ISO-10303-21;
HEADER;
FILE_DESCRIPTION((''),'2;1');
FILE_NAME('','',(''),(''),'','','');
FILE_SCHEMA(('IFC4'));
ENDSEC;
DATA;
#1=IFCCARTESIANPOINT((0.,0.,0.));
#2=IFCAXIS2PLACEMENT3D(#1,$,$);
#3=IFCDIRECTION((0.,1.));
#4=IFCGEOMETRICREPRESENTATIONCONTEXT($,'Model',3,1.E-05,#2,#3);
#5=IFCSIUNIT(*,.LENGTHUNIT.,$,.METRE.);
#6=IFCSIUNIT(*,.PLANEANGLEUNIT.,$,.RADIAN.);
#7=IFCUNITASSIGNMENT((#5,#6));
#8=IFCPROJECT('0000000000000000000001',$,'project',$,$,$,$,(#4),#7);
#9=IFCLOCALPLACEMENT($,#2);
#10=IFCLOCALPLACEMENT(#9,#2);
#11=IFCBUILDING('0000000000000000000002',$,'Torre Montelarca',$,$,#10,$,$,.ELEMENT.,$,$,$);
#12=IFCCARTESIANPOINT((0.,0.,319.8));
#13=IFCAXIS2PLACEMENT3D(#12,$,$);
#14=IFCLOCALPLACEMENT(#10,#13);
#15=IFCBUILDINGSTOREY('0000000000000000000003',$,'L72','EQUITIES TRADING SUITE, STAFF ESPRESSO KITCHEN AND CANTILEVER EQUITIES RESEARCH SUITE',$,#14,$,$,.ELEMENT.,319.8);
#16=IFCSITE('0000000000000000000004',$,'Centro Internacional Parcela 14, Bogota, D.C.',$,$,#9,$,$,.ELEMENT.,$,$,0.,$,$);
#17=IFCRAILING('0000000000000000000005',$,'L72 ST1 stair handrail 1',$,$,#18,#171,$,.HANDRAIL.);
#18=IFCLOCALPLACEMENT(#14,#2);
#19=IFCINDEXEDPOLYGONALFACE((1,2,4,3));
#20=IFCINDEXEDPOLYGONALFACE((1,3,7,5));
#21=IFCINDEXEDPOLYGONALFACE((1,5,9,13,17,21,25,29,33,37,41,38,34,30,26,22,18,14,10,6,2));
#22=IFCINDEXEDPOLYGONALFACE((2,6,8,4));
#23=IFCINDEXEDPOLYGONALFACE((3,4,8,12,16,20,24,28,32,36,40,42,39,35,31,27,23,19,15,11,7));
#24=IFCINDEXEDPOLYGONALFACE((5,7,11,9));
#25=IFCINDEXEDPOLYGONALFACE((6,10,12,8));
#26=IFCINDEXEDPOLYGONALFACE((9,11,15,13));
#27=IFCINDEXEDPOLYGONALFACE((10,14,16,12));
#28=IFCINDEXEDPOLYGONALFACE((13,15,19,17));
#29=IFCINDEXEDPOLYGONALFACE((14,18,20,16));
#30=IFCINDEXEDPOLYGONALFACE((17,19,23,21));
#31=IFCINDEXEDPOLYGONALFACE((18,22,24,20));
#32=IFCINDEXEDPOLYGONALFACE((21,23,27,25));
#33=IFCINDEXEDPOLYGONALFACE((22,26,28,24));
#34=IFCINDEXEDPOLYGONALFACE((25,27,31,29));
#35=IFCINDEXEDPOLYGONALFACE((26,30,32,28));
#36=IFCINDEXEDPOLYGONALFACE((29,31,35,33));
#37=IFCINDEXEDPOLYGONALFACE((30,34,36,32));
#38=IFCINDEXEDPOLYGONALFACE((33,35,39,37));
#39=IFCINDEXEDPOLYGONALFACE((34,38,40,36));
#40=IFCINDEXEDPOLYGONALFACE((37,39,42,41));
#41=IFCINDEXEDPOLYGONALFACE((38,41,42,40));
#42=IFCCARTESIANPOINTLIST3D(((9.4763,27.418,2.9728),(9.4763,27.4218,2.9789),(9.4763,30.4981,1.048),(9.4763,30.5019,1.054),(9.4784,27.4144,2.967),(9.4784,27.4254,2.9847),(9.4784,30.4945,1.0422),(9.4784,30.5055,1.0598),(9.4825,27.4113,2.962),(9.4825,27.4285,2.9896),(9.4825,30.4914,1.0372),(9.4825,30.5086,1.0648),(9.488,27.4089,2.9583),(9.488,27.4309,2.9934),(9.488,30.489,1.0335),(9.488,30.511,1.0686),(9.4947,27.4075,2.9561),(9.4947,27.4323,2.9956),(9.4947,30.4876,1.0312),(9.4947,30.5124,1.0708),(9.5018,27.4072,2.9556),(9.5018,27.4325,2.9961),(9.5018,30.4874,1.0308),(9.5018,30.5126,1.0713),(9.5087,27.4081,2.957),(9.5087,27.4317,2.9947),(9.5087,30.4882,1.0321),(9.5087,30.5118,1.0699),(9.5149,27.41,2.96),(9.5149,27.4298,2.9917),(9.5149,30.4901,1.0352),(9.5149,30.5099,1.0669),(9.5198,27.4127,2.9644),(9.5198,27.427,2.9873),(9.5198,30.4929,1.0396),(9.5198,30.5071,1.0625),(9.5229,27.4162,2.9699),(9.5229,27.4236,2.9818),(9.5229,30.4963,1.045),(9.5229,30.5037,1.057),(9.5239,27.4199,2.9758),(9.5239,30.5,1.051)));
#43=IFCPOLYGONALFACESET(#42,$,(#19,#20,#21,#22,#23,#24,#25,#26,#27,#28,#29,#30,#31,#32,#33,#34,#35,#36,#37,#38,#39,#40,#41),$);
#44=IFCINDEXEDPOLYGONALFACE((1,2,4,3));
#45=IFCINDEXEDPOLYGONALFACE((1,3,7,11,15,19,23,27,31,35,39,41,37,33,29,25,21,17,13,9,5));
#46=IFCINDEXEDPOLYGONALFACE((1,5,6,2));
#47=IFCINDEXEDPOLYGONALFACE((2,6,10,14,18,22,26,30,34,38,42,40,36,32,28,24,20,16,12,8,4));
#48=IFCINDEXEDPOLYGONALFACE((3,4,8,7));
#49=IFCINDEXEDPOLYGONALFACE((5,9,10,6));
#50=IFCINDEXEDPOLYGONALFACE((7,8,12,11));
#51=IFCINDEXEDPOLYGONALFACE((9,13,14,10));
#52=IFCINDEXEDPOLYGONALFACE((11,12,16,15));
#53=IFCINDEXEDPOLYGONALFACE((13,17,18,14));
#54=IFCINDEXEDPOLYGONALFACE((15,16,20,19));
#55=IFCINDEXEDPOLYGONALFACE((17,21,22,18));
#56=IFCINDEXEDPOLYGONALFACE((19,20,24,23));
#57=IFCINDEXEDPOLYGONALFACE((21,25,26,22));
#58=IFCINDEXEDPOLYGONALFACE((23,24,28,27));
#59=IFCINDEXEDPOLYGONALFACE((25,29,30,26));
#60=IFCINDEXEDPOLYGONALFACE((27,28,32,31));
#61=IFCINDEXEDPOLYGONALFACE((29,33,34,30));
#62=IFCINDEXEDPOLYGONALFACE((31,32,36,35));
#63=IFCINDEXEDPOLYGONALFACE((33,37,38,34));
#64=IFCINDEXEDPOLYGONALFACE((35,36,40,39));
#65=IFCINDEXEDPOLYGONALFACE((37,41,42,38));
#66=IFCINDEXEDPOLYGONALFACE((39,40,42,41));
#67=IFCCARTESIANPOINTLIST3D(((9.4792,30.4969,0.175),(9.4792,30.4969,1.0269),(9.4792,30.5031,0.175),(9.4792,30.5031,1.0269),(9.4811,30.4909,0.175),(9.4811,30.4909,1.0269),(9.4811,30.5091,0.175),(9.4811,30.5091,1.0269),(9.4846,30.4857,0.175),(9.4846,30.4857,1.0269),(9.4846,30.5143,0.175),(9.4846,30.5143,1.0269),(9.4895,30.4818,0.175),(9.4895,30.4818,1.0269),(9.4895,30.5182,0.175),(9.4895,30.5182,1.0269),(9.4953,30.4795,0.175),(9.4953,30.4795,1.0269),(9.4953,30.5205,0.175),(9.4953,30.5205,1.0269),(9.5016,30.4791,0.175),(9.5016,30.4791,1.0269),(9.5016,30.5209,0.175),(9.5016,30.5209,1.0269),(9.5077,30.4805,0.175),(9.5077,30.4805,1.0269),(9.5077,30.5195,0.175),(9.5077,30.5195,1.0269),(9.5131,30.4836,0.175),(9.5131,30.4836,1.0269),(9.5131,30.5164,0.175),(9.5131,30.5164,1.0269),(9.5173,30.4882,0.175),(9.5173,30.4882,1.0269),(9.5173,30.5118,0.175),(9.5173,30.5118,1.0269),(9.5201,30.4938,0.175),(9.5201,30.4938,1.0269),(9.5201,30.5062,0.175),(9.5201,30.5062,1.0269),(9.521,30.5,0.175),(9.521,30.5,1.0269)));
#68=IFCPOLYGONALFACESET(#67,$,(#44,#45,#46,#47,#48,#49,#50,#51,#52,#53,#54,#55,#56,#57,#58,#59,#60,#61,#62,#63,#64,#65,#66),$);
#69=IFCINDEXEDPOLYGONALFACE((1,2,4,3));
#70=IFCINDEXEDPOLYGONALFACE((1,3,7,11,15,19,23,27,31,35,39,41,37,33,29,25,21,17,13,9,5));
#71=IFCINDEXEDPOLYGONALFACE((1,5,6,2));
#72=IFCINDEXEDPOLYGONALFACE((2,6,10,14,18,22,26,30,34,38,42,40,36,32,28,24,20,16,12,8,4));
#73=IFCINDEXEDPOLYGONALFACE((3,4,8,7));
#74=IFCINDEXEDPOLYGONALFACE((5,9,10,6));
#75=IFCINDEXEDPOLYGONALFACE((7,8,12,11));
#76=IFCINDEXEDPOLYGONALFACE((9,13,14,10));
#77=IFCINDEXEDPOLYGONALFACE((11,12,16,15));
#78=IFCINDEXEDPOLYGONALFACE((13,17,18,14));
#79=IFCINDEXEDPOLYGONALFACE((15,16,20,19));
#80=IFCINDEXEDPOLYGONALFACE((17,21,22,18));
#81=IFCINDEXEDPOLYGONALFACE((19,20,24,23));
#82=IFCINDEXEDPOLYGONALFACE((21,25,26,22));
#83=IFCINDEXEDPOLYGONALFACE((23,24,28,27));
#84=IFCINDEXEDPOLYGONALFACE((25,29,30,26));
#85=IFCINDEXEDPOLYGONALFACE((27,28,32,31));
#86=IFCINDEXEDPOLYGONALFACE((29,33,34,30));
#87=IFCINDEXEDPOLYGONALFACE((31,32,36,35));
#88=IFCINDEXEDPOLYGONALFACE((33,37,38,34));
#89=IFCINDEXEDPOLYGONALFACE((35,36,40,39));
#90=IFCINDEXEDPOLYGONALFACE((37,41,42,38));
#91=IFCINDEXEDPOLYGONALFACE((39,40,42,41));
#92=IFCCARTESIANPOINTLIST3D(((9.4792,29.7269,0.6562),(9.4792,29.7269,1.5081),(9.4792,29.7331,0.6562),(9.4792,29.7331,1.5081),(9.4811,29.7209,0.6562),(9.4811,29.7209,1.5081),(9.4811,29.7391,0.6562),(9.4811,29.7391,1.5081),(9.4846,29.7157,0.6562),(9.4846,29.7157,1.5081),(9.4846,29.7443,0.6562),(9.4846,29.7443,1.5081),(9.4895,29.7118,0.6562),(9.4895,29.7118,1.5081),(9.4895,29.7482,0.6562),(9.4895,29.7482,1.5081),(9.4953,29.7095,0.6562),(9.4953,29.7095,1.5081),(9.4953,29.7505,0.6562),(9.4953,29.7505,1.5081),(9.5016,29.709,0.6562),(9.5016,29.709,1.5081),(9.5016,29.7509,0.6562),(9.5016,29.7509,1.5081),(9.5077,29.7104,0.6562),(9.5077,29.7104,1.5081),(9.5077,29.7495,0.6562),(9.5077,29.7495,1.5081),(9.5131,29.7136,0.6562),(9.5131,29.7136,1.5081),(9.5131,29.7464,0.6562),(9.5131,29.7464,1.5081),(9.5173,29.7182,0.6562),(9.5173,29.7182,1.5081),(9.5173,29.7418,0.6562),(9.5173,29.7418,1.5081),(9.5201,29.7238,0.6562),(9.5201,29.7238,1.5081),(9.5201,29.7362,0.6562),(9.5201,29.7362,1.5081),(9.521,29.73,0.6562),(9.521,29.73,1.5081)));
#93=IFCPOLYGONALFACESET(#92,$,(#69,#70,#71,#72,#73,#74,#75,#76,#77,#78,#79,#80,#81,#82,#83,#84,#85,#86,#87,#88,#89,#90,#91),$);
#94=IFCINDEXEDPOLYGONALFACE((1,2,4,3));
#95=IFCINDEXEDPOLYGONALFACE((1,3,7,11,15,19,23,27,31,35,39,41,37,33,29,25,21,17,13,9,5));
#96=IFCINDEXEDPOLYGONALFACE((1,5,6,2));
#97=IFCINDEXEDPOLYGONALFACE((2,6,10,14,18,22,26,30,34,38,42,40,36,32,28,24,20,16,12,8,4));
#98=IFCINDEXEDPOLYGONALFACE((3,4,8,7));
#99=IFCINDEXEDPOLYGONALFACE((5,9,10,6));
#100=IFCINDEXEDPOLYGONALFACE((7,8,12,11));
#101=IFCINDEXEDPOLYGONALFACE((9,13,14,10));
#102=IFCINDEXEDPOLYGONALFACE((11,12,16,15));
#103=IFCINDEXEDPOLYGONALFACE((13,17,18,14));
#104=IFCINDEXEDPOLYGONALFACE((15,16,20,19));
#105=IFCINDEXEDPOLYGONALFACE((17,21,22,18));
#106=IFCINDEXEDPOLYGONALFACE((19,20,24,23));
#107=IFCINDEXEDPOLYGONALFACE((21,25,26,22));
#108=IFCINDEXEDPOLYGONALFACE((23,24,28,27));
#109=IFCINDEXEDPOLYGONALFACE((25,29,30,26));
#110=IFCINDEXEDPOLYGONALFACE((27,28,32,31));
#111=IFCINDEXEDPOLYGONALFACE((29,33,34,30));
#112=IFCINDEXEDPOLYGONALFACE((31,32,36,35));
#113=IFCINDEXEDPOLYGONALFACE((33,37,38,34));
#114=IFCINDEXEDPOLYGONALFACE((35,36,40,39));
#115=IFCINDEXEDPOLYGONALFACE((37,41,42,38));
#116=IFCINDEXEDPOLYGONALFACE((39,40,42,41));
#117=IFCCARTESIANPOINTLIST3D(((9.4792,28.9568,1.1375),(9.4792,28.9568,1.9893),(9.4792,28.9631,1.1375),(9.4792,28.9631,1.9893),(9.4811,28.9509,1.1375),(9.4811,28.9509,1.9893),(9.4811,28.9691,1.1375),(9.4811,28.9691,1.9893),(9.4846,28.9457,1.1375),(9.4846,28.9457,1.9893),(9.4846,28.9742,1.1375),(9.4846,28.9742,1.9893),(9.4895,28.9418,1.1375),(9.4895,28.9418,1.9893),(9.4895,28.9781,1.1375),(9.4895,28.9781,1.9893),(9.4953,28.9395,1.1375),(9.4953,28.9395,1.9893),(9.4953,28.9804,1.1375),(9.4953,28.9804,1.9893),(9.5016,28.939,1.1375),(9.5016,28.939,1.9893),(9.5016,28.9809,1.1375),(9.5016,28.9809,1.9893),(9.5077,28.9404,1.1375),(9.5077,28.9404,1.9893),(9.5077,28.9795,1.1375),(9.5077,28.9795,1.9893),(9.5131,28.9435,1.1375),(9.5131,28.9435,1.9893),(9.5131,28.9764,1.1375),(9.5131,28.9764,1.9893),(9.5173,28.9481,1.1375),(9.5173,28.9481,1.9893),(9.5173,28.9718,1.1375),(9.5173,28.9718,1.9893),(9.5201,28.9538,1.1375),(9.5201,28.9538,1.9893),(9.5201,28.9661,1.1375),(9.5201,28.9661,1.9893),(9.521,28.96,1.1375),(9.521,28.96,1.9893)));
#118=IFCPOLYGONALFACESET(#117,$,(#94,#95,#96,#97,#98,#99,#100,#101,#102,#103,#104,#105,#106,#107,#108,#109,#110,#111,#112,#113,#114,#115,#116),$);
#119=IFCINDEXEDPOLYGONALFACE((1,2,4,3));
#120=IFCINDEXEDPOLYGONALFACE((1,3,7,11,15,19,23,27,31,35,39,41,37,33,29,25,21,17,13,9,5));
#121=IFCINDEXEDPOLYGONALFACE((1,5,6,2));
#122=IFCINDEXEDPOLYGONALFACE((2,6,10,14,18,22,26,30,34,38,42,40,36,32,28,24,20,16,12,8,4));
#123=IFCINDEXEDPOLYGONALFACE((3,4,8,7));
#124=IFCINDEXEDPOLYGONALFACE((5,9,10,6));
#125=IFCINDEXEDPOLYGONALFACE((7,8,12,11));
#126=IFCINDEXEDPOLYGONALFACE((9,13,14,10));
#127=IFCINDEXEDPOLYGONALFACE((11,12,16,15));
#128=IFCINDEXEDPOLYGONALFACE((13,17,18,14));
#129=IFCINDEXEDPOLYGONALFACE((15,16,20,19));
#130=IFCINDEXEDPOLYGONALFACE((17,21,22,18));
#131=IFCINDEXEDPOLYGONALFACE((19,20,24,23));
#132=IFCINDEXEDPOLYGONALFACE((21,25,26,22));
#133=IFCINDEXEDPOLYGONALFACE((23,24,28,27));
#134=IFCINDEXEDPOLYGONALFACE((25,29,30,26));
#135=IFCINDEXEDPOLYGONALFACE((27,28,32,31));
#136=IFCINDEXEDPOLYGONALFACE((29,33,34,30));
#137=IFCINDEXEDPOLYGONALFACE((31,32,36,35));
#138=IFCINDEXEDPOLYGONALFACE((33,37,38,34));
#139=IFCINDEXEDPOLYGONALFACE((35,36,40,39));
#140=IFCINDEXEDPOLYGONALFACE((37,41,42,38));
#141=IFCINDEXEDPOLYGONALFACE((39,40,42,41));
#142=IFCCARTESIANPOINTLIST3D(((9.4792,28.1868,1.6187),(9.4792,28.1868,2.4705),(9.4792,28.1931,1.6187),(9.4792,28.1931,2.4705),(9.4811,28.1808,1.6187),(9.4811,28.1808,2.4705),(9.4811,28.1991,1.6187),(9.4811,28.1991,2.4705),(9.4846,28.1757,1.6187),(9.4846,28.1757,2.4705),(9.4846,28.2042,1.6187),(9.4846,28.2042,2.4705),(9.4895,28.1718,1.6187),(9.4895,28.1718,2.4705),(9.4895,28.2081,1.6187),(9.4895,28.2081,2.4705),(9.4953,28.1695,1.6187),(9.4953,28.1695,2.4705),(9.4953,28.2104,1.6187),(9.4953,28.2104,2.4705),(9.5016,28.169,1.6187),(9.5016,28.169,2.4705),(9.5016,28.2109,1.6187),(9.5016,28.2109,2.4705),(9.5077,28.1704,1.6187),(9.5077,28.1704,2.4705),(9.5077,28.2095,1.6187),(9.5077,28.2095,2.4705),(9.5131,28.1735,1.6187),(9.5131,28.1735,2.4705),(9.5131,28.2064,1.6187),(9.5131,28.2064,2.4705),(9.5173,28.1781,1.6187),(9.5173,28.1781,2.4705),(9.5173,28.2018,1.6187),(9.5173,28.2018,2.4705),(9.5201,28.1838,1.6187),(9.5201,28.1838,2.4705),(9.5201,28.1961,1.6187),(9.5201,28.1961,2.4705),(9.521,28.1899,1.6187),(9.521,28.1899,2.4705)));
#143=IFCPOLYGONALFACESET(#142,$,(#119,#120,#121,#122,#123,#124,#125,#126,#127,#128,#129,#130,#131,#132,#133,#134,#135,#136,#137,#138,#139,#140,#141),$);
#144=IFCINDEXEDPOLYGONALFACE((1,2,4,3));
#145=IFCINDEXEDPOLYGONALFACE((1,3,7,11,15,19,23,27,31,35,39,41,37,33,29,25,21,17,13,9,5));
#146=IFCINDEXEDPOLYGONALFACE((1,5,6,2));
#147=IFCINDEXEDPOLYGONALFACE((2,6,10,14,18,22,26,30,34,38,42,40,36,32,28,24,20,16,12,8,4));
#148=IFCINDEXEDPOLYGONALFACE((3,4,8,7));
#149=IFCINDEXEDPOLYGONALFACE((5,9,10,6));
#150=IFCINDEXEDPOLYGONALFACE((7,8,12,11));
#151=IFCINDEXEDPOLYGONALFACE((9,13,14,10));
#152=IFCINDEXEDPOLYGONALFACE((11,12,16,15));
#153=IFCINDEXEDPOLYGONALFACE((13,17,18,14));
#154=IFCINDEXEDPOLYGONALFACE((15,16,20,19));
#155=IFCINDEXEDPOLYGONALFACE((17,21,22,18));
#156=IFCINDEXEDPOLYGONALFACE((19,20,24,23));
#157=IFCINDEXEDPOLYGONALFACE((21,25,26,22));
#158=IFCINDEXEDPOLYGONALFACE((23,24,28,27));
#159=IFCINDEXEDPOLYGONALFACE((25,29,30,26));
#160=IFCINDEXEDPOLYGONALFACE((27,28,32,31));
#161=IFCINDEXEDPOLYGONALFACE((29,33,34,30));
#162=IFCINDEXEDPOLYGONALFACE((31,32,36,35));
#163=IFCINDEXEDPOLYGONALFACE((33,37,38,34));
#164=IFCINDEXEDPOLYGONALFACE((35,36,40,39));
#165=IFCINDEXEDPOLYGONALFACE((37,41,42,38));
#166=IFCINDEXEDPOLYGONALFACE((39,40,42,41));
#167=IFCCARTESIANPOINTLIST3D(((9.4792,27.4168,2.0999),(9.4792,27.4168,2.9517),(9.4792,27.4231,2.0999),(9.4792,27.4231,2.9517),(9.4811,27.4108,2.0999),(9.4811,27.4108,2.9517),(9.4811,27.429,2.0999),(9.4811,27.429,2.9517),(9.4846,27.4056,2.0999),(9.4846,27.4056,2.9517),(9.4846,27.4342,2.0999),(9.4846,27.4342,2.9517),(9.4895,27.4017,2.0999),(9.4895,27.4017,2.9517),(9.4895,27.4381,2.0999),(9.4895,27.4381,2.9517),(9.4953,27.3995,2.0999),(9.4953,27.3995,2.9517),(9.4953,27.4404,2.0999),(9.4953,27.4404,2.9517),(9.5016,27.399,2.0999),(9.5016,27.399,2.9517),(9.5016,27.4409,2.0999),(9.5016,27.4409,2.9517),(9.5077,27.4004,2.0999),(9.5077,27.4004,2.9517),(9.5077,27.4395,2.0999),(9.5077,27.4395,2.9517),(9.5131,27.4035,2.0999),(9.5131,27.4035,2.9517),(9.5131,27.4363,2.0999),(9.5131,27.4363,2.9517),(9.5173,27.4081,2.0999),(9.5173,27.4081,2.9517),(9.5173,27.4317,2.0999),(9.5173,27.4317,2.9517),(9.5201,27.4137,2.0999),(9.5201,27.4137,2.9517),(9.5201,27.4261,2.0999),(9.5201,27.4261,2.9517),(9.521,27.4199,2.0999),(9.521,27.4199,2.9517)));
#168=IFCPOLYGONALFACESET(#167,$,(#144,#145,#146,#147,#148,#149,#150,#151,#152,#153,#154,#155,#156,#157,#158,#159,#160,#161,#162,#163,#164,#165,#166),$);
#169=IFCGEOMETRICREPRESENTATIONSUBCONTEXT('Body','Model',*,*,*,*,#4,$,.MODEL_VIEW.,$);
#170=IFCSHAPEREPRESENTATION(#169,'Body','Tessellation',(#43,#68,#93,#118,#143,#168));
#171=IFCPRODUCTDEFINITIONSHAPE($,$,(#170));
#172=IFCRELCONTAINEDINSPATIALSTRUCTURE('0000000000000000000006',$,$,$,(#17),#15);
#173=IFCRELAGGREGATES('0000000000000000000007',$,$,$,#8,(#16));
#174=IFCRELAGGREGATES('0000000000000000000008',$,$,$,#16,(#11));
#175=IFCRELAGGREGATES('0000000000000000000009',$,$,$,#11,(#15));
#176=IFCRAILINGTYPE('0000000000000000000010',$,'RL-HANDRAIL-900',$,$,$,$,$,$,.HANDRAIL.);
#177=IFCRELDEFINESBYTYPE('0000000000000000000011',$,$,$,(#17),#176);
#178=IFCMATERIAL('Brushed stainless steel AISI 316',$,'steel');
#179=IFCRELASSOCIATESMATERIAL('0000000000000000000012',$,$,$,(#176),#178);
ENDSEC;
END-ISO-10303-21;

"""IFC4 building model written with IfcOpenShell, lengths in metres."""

from ifc_helpers import new_model, si_unit, direction, frame, origin, origin_2d, place, context, subcontext, project, spatial, circle, extrude, material, type_object, element, save


model = new_model("IFC4")

# Units and contexts
model_context = context("Model", 3, precision=1e-05, world=origin(), true_north=direction((0.0, 1.0)))
body_context = subcontext(model_context, "Body", "Model", "MODEL_VIEW")
ifc_project = project(units=[si_unit("LENGTHUNIT", "METRE"), si_unit("PLANEANGLEUNIT", "RADIAN")], contexts=[model_context])

# Site, building, storey
site_placement = place(None, origin())
site = spatial("IfcSite", under=ifc_project, at=site_placement, Name="Centro Internacional Parcela 14, Bogota, D.C.", CompositionType="ELEMENT", RefElevation=0.0)
building_placement = place(site_placement, origin())
building = spatial("IfcBuilding", under=site, at=building_placement, Name="Torre Montelarca", CompositionType="ELEMENT")
storey_placement = place(building_placement, frame((0.0, 0.0, 319.8)))
storey = spatial("IfcBuildingStorey", under=building, at=storey_placement, Name="L72", Description="EQUITIES TRADING SUITE, STAFF ESPRESSO KITCHEN AND CANTILEVER EQUITIES RESEARCH SUITE", CompositionType="ELEMENT", Elevation=319.8)

# Railing
ifc_material_1 = material(Name="Brushed stainless steel AISI 316", Category="steel")
railing_type_1 = type_object("IfcRailingType", Name="RL-HANDRAIL-900", PredefinedType="HANDRAIL", material=ifc_material_1)
railing_1_placement = place(storey_placement, frame((9.5, 30.5, 0.175)))
element("IfcRailing", 1, at=railing_1_placement, inside=storey, type_object=railing_type_1, Name="L72 ST1 stair handrail 1", PredefinedType="HANDRAIL", context=body_context, shape_type="SweptSolid", body=[
    extrude(circle(Radius=0.0239, at=origin_2d()), frame((0.0, 0.0, 0.876), z_axis=(0.0, -0.848029, 0.529951), x_axis=(1.0, 0.0, 0.0)), (0.0, 0.0, 1.0), 3.6321),
    extrude(circle(Radius=0.021, at=origin_2d()), origin(), (0.0, 0.0, 1.0), 0.8518),
    extrude(circle(Radius=0.021, at=origin_2d()), frame((0.0, -0.77, 0.4812)), (0.0, 0.0, 1.0), 0.8518),
    extrude(circle(Radius=0.021, at=origin_2d()), frame((0.0, -1.54, 0.9624)), (0.0, 0.0, 1.0), 0.8518),
    extrude(circle(Radius=0.021, at=origin_2d()), frame((0.0, -2.3101, 1.4436)), (0.0, 0.0, 1.0), 0.8518),
    extrude(circle(Radius=0.021, at=origin_2d()), frame((0.0, -3.0801, 1.9248)), (0.0, 0.0, 1.0), 0.8518),
])

save(model, "model.ifc")
